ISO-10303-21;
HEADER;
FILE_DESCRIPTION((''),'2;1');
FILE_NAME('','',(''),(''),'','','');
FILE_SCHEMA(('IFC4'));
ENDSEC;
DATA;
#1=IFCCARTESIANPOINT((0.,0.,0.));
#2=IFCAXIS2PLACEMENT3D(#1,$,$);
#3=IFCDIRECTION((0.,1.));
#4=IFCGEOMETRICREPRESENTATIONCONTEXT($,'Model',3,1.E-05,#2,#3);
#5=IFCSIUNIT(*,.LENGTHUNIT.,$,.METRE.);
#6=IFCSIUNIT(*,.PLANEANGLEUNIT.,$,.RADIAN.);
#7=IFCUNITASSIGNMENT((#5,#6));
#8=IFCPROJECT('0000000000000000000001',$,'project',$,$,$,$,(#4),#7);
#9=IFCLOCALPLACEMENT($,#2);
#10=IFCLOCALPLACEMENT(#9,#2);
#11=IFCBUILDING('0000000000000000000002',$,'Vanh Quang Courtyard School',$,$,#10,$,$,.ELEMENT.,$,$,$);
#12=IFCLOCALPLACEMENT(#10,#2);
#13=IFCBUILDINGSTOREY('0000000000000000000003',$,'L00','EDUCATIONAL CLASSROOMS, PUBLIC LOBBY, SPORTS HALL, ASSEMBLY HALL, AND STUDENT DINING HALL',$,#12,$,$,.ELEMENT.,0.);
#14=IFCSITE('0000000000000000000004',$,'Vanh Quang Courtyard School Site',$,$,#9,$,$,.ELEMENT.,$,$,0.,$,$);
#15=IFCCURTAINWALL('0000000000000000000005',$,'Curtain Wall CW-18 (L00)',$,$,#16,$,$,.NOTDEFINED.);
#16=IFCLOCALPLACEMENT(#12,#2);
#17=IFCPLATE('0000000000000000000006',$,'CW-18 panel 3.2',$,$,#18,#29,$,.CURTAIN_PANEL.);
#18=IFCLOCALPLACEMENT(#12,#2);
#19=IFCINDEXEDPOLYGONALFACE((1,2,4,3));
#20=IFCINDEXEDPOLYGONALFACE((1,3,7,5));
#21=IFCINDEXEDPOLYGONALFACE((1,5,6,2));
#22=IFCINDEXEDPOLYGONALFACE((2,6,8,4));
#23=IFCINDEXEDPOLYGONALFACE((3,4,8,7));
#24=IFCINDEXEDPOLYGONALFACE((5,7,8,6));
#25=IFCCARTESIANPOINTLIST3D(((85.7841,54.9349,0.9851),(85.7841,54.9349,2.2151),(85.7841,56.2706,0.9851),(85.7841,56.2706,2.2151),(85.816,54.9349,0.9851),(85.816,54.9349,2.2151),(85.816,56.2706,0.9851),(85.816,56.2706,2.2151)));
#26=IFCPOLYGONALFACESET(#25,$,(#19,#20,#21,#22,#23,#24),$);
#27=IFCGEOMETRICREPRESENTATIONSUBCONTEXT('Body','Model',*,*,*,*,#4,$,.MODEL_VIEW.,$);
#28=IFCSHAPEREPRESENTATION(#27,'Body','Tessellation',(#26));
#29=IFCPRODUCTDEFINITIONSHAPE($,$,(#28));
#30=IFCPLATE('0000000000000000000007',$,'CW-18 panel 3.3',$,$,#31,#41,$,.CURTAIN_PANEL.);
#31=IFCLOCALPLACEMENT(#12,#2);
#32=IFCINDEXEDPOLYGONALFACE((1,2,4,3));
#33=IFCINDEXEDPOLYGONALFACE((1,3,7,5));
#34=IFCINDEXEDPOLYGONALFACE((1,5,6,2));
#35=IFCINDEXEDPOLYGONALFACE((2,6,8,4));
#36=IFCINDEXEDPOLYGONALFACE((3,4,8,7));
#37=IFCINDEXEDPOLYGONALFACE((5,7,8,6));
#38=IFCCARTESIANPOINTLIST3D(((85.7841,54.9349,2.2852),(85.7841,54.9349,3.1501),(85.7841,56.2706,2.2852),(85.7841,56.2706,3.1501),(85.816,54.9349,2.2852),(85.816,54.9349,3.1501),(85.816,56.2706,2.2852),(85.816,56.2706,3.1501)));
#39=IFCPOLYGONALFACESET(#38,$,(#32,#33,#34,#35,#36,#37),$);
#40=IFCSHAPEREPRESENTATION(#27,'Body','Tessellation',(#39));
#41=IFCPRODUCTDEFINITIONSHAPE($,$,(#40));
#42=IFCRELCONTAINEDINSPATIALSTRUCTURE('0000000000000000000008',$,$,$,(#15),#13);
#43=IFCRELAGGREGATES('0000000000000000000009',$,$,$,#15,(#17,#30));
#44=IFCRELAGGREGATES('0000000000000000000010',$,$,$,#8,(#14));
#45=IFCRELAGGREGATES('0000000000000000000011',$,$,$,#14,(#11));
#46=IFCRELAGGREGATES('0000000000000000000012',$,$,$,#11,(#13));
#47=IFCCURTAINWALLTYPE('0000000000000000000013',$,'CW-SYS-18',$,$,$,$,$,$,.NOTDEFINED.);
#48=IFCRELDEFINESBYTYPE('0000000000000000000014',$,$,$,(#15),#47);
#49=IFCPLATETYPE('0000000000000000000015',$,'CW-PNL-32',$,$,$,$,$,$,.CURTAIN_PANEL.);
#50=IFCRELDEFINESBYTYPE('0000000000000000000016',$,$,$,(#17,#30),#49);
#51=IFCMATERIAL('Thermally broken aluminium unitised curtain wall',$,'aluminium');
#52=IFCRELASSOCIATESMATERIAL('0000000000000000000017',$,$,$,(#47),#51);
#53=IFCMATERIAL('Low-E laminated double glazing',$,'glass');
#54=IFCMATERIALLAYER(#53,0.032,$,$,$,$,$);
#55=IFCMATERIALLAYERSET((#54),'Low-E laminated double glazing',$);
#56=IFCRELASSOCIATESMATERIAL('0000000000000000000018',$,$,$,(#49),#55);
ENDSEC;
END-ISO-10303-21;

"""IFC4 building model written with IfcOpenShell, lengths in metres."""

from ifc_helpers import new_model, si_unit, direction, frame, origin, origin_2d, place, context, subcontext, project, spatial, rectangle, extrude, material, layer, layer_set, type_object, element, aggregate, save


model = new_model("IFC4")

# Units and contexts
model_context = context("Model", 3, precision=1e-05, world=origin(), true_north=direction((0.0, 1.0)))
body_context = subcontext(model_context, "Body", "Model", "MODEL_VIEW")
ifc_project = project(units=[si_unit("LENGTHUNIT", "METRE"), si_unit("PLANEANGLEUNIT", "RADIAN")], contexts=[model_context])

# Site, building, storey
site_placement = place(None, origin())
site = spatial("IfcSite", under=ifc_project, at=site_placement, Name="Vanh Quang Courtyard School Site", CompositionType="ELEMENT", RefElevation=0.0)
building_placement = place(site_placement, origin())
building = spatial("IfcBuilding", under=site, at=building_placement, Name="Vanh Quang Courtyard School", CompositionType="ELEMENT")
storey_placement = place(building_placement, origin())
storey = spatial("IfcBuildingStorey", under=building, at=storey_placement, Name="L00", Description="EDUCATIONAL CLASSROOMS, PUBLIC LOBBY, SPORTS HALL, ASSEMBLY HALL, AND STUDENT DINING HALL", CompositionType="ELEMENT", Elevation=0.0)

# Curtain wall, plates
ifc_material_1 = material(Name="Thermally broken aluminium unitised curtain wall", Category="aluminium")
curtain_wall_type = type_object("IfcCurtainWallType", Name="CW-SYS-18", PredefinedType="NOTDEFINED", material=ifc_material_1)
curtain_wall_placement = place(storey_placement, origin())
curtain_wall = element("IfcCurtainWall", 1, at=curtain_wall_placement, inside=storey, type_object=curtain_wall_type, Name="Curtain Wall CW-18 (L00)", PredefinedType="NOTDEFINED")
ifc_material_2 = material(Name="Low-E laminated double glazing", Category="glass")
ifc_layer = layer(ifc_material_2, 0.032)
ifc_layer_set = layer_set([ifc_layer], Name="Low-E laminated double glazing")
plate_type = type_object("IfcPlateType", Name="CW-PNL-32", PredefinedType="CURTAIN_PANEL", material=ifc_layer_set)
plate_1_placement = place(storey_placement, frame((85.8, 55.6028, 0.9851), z_axis=(0.0, 0.0, 1.0), x_axis=(0.0, -1.0, 0.0)))
plate_1 = element("IfcPlate", 2, at=plate_1_placement, type_object=plate_type, Name="CW-18 panel 3.2", PredefinedType="CURTAIN_PANEL", context=body_context, shape_type="SweptSolid", body=[
    extrude(rectangle(XDim=1.3357, YDim=0.032, at=origin_2d()), origin(), (0.0, 0.0, 1.0), 1.23),
])
plate_2_placement = place(storey_placement, frame((85.8, 55.6028, 2.2852), z_axis=(0.0, 0.0, 1.0), x_axis=(0.0, -1.0, 0.0)))
plate_2 = element("IfcPlate", 3, at=plate_2_placement, type_object=plate_type, Name="CW-18 panel 3.3", PredefinedType="CURTAIN_PANEL", context=body_context, shape_type="SweptSolid", body=[
    extrude(rectangle(XDim=1.3357, YDim=0.032, at=origin_2d()), origin(), (0.0, 0.0, 1.0), 0.865),
])
aggregate(curtain_wall, [plate_1, plate_2])

save(model, "model.ifc")
